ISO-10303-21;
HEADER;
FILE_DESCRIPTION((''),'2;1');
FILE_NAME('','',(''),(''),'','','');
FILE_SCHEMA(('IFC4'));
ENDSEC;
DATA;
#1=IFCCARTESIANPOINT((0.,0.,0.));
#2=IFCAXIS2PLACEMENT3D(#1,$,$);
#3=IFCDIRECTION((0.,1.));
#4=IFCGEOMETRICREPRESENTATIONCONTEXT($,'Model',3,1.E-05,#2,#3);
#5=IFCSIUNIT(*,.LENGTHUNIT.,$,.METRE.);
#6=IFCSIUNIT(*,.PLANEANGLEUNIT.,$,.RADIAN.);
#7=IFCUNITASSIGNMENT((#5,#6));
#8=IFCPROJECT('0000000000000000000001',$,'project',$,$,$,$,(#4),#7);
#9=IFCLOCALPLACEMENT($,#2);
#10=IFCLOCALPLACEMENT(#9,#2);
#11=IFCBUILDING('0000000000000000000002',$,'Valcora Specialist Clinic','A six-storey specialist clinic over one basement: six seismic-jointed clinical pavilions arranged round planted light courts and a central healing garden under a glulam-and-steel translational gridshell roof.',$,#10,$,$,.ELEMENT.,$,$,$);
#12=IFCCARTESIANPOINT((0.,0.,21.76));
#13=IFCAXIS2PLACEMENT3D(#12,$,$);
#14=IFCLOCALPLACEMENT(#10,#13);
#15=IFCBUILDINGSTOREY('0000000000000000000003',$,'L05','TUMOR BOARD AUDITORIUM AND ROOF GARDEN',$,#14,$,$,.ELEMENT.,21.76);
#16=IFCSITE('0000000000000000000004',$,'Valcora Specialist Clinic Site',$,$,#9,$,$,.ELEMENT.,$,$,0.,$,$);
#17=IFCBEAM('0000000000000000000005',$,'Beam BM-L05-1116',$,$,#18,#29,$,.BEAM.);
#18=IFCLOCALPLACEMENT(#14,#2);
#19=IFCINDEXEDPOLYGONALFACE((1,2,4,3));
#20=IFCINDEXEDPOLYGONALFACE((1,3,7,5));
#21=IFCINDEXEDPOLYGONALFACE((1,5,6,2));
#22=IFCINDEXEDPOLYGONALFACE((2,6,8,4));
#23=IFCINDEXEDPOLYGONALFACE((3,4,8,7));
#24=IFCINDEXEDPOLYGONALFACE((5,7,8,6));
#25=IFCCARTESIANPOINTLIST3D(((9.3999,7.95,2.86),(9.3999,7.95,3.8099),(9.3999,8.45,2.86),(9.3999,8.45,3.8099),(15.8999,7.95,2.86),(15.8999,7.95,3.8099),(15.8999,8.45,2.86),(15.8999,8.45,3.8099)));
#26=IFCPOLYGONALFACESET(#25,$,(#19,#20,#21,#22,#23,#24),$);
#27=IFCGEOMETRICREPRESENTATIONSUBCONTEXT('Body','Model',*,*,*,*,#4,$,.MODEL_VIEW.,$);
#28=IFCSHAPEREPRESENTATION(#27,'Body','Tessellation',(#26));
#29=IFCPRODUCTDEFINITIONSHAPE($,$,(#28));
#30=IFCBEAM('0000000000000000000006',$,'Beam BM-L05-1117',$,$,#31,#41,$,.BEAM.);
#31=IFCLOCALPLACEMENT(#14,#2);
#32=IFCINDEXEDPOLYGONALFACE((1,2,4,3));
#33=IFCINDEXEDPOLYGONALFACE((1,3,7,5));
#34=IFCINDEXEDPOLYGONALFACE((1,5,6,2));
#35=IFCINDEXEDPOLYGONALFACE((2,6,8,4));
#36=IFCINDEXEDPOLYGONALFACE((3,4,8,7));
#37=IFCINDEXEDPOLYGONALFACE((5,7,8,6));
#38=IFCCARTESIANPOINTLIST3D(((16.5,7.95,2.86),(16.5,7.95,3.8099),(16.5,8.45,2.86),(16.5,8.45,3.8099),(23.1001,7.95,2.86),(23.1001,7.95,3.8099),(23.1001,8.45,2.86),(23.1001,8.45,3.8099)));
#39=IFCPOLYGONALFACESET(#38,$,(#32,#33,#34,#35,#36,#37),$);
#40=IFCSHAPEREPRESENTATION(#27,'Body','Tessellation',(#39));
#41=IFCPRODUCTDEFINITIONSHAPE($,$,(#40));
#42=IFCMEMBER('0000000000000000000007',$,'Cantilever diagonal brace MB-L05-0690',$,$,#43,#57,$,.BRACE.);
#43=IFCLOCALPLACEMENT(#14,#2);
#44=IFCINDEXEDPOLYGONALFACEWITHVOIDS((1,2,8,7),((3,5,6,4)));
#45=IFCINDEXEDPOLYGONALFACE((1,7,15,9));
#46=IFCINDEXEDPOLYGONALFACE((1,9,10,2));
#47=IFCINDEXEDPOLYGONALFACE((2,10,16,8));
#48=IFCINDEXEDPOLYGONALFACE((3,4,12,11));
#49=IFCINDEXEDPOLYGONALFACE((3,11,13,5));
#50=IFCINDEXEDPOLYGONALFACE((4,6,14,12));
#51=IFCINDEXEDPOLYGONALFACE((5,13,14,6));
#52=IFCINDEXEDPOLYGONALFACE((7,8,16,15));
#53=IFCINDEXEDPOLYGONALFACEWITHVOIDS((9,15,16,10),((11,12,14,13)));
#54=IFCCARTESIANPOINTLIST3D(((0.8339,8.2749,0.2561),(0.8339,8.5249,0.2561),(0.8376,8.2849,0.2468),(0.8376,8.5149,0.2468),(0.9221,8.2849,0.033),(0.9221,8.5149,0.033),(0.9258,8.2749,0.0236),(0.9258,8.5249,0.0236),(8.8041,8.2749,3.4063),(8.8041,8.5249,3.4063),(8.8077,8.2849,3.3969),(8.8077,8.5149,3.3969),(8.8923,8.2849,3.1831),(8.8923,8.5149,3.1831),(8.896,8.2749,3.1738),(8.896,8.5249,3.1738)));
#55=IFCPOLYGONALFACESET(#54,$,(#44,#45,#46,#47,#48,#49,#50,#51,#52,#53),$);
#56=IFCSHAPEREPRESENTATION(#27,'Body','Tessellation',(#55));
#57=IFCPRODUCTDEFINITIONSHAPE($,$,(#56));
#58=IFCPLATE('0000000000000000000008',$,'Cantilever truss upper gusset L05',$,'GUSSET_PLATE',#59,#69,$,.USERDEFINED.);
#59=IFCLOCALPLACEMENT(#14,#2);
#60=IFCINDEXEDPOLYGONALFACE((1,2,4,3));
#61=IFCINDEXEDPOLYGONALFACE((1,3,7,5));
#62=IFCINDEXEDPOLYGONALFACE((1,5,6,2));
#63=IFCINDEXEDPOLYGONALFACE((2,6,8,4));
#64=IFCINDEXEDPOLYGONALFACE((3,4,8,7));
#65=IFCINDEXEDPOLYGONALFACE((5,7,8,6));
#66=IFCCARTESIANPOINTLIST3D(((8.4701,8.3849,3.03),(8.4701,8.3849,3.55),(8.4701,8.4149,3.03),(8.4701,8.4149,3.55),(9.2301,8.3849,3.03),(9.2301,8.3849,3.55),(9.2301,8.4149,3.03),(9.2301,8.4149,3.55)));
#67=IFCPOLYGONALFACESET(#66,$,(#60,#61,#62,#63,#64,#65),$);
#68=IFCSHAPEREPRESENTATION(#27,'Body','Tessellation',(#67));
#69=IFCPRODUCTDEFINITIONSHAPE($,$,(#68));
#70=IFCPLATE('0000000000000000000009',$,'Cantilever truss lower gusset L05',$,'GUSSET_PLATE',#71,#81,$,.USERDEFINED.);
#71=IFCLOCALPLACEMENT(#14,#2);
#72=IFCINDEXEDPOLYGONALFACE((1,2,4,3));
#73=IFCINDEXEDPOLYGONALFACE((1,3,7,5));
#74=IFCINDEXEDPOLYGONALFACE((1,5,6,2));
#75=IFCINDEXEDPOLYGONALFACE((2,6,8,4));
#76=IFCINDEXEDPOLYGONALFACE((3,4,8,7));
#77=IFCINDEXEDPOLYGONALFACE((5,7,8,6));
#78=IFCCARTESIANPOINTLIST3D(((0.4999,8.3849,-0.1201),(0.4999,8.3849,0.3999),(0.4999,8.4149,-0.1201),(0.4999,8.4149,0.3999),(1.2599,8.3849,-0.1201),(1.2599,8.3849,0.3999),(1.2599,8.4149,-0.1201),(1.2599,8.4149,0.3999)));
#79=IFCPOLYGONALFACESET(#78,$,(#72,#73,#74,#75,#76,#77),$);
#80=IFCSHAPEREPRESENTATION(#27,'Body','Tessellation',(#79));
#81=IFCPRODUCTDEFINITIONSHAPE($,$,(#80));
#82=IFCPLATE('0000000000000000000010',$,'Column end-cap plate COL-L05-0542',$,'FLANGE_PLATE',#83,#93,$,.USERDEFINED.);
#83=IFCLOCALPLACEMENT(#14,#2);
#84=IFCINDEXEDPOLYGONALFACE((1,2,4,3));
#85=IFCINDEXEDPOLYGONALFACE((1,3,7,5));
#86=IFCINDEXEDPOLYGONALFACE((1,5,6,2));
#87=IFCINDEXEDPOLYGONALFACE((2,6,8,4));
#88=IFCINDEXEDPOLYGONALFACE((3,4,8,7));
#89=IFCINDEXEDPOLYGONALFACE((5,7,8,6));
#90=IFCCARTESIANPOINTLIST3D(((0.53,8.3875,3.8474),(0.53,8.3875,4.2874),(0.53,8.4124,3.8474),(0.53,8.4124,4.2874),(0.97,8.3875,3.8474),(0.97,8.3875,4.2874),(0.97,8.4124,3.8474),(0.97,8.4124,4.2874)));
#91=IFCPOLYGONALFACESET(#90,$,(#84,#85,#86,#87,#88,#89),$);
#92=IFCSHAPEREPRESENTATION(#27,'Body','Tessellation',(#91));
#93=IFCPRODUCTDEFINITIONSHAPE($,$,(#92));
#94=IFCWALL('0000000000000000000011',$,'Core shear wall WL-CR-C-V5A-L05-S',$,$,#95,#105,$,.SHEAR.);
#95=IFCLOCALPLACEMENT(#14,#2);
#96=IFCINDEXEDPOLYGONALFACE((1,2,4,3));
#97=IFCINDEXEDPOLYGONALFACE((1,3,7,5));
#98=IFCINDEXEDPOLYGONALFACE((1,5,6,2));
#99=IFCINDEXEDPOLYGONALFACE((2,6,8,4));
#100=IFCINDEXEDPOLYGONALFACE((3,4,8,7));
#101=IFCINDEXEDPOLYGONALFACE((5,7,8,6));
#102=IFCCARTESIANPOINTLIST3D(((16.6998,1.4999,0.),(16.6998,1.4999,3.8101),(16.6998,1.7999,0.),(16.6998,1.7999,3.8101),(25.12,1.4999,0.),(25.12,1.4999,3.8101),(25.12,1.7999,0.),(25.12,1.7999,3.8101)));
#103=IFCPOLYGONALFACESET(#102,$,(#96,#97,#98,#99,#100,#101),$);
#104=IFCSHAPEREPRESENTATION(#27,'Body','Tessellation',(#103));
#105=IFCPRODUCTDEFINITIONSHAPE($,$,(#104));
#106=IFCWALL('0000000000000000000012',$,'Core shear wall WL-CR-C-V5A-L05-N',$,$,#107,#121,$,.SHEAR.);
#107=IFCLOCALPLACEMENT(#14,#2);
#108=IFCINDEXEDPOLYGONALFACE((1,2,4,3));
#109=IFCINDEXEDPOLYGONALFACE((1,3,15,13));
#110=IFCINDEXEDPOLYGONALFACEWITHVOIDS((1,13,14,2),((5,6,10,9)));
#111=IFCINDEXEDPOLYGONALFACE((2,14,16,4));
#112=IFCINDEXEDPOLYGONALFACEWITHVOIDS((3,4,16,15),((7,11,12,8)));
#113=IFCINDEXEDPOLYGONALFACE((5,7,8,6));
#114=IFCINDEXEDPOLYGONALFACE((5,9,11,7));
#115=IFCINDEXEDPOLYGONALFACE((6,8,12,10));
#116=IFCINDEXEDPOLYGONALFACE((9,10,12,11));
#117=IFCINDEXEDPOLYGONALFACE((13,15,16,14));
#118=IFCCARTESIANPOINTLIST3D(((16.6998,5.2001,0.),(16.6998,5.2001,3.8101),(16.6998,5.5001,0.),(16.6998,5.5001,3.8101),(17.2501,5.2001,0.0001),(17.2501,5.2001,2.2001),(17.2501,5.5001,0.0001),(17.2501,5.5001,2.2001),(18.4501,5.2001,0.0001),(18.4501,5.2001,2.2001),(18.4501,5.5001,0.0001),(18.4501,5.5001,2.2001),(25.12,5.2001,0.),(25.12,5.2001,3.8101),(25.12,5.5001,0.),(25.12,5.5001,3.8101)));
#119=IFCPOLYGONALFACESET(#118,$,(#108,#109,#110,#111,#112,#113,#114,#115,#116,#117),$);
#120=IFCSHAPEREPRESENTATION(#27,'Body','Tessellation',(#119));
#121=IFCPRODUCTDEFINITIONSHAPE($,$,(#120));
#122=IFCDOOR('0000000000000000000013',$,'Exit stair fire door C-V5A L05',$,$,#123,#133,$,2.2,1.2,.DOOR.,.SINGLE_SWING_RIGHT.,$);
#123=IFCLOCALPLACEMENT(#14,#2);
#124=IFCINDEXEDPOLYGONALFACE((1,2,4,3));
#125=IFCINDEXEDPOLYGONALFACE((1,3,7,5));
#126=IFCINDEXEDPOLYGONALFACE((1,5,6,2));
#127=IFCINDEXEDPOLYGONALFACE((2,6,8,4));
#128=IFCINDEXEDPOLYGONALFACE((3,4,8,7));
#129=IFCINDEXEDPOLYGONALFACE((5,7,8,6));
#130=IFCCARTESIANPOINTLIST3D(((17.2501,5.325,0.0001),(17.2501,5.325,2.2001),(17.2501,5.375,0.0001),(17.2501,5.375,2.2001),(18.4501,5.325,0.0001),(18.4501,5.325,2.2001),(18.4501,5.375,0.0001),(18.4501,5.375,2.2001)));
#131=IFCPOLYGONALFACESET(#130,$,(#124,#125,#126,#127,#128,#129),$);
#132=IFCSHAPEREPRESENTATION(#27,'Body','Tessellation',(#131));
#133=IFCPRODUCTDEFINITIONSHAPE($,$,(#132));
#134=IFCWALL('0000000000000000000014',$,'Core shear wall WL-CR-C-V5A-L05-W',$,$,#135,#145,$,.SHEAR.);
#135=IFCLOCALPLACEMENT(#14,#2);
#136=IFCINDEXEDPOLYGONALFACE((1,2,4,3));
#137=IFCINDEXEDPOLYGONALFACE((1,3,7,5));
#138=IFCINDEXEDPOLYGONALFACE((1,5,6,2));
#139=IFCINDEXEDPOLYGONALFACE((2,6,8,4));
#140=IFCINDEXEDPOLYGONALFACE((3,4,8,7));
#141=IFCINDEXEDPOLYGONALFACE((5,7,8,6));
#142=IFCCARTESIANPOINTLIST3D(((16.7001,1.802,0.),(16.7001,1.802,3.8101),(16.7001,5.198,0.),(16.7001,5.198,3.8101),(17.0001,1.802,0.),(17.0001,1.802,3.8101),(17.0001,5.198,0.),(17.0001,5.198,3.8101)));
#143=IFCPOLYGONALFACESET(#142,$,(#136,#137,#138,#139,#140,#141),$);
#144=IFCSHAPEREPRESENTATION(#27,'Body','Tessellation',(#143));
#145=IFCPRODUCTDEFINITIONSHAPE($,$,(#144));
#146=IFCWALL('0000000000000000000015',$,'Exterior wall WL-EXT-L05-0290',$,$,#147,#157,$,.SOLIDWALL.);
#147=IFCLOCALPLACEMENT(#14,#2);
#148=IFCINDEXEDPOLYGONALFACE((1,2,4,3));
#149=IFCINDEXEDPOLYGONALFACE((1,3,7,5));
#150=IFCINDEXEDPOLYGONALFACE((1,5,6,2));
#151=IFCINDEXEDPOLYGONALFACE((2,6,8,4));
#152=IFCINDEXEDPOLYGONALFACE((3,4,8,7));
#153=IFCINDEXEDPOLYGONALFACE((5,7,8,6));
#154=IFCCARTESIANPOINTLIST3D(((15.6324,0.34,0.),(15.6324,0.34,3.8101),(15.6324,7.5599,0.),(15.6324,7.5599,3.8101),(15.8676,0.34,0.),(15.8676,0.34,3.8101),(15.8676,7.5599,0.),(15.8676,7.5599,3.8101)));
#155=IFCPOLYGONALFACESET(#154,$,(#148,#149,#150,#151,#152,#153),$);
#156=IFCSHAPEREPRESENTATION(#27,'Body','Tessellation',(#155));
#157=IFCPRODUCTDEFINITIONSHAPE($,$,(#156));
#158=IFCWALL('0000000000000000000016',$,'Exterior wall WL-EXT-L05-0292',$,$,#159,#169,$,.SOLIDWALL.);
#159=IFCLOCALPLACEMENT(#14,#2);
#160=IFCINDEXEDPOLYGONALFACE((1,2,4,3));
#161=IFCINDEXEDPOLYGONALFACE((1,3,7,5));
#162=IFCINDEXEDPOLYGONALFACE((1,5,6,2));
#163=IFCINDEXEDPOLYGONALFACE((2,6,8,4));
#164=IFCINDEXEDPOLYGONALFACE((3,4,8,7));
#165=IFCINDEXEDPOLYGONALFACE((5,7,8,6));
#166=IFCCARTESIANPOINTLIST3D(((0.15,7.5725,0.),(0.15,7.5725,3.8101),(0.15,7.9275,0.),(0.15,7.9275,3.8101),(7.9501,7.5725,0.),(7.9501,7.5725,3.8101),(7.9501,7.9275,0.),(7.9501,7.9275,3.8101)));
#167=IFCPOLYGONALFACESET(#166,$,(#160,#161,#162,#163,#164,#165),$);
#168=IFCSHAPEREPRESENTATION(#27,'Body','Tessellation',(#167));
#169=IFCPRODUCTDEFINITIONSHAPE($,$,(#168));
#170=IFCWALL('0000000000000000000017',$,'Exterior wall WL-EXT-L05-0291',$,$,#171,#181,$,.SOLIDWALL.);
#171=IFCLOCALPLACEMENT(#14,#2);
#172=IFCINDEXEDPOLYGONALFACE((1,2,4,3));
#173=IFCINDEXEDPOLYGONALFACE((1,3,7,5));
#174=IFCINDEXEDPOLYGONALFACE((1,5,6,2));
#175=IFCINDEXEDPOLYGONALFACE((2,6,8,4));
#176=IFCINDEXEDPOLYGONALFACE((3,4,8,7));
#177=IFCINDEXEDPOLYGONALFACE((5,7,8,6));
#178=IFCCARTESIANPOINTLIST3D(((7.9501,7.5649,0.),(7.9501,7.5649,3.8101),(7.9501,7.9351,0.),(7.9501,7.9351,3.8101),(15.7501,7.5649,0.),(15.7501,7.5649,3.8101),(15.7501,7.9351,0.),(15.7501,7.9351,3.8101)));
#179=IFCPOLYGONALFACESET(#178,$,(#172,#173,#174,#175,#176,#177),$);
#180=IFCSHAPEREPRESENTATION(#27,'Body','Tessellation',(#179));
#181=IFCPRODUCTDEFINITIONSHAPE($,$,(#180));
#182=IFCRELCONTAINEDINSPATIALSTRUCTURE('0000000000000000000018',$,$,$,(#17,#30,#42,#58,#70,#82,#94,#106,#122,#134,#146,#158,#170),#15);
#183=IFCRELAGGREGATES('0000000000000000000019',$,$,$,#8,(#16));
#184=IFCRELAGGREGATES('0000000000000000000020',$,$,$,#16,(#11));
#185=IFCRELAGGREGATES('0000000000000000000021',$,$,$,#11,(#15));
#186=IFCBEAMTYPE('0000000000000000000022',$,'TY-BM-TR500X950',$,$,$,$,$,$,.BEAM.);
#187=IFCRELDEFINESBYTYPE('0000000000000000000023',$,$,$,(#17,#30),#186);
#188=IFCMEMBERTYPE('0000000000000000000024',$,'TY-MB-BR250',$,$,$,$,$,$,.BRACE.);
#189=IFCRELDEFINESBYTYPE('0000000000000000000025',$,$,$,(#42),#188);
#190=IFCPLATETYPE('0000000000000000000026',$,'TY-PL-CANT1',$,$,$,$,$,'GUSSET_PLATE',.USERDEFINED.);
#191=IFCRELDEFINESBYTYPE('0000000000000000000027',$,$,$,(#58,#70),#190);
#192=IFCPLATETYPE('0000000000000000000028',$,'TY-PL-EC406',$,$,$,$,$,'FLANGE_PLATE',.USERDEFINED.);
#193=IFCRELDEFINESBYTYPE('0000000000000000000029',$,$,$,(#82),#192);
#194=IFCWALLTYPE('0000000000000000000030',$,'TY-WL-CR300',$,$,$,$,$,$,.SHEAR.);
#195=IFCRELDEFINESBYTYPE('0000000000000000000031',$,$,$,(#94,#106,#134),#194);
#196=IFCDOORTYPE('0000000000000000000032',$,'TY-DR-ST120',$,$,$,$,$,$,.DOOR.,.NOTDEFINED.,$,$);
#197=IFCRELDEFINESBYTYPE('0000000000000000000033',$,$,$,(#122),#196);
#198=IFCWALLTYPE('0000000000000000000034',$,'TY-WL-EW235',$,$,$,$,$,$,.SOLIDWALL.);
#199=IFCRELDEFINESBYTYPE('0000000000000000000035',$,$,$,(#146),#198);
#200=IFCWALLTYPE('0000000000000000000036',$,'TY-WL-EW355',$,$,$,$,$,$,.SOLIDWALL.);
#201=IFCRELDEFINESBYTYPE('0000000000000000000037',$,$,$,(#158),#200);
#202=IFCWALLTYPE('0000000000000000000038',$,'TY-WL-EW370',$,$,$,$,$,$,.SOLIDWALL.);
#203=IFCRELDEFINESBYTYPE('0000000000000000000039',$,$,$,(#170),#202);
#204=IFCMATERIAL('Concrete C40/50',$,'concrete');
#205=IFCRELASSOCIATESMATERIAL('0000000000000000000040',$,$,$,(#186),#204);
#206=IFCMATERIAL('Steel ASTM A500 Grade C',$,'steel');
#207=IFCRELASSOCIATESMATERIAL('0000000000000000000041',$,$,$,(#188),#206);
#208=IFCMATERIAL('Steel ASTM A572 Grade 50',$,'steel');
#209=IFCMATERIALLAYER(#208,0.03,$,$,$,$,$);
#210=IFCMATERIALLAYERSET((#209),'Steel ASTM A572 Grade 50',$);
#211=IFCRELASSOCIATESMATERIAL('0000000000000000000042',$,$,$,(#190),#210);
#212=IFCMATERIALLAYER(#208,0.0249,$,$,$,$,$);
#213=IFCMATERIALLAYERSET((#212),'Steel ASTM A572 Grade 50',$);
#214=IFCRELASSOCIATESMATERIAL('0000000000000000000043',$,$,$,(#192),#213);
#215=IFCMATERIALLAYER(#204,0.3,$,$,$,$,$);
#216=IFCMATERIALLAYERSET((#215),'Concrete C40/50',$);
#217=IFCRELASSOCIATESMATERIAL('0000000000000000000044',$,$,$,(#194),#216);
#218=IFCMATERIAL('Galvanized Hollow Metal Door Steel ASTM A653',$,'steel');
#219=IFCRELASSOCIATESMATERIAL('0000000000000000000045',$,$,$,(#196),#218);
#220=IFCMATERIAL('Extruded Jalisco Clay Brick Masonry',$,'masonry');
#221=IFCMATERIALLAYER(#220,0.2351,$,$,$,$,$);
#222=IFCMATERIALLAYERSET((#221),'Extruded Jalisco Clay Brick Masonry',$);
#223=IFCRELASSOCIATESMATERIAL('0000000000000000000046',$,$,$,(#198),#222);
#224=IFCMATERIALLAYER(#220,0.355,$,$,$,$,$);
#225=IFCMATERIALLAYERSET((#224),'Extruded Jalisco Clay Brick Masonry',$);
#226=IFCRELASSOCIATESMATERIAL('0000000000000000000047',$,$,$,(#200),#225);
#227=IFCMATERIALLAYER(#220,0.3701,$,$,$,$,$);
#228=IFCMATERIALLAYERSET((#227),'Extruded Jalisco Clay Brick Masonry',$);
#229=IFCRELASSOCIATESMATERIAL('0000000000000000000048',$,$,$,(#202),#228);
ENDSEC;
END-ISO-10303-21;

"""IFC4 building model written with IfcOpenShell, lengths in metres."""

from ifc_helpers import new_model, si_unit, direction, frame, frame_2d, origin, origin_2d, place, context, subcontext, project, spatial, rectangle, hollow_rectangle, extrude, material, layer, layer_set, material_profile, profile_set, type_object, element, fill, save


model = new_model("IFC4")

# Units and contexts
model_context = context("Model", 3, precision=1e-05, world=origin(), true_north=direction((0.0, 1.0)))
body_context = subcontext(model_context, "Body", "Model", "MODEL_VIEW")
ifc_project = project(units=[si_unit("LENGTHUNIT", "METRE"), si_unit("PLANEANGLEUNIT", "RADIAN")], contexts=[model_context])

# Site, building, storey
site_placement = place(None, origin())
site = spatial("IfcSite", under=ifc_project, at=site_placement, Name="Valcora Specialist Clinic Site", CompositionType="ELEMENT", RefElevation=0.0)
building_placement = place(site_placement, origin())
building = spatial("IfcBuilding", under=site, at=building_placement, Name="Valcora Specialist Clinic", Description="A six-storey specialist clinic over one basement: six seismic-jointed clinical pavilions arranged round planted light courts and a central healing garden under a glulam-and-steel translational gridshell roof.", CompositionType="ELEMENT")
storey_placement = place(building_placement, frame((0.0, 0.0, 21.76)))
storey = spatial("IfcBuildingStorey", under=building, at=storey_placement, Name="L05", Description="TUMOR BOARD AUDITORIUM AND ROOF GARDEN", CompositionType="ELEMENT", Elevation=21.76)

# Shared definitions
ifc_material_1 = material(Name="Steel ASTM A500 Grade C", Category="steel")
ifc_material_2 = material(Name="Concrete C40/50", Category="concrete")

# Beams
ifc_material_profile_1 = material_profile(ifc_material_2, rectangle(XDim=0.5, YDim=0.95, at=origin_2d()), Name="RC-BM-500X950")
ifc_profile_set_1 = profile_set([ifc_material_profile_1], Name="Concrete C40/50")
beam_type_1 = type_object("IfcBeamType", Name="TY-BM-TR500X950", PredefinedType="BEAM", material=ifc_profile_set_1)
beam_1_placement = place(storey_placement, frame((9.3999, 8.2, 3.335), z_axis=(1.0, 0.0, 0.0), x_axis=(0.0, 1.0, 0.0)))
element("IfcBeam", 1, at=beam_1_placement, inside=storey, type_object=beam_type_1, Name="Beam BM-L05-1116", PredefinedType="BEAM", context=body_context, shape_type="SweptSolid", body=[
    extrude(rectangle(XDim=0.5, YDim=0.95, at=origin_2d()), origin(), (0.0, 0.0, 1.0), 6.5),
])
beam_2_placement = place(storey_placement, frame((16.5, 8.2, 3.335), z_axis=(1.0, 0.0, 0.0), x_axis=(0.0, 1.0, 0.0)))
element("IfcBeam", 2, at=beam_2_placement, inside=storey, type_object=beam_type_1, Name="Beam BM-L05-1117", PredefinedType="BEAM", context=body_context, shape_type="SweptSolid", body=[
    extrude(rectangle(XDim=0.5, YDim=0.95, at=origin_2d()), origin(), (0.0, 0.0, 1.0), 6.6001),
])

# Member
ifc_material_profile_2 = material_profile(ifc_material_1, hollow_rectangle(XDim=0.25, YDim=0.25, WallThickness=0.01, at=origin_2d()), Name="ST-RHS-250X250X10")
ifc_profile_set_2 = profile_set([ifc_material_profile_2], Name="Steel ASTM A500 Grade C")
member_type = type_object("IfcMemberType", Name="TY-MB-BR250", PredefinedType="BRACE", material=ifc_profile_set_2)
member_placement = place(storey_placement, frame((0.8799, 8.3999, 0.1399), z_axis=(0.929995, 0.0, 0.367571), x_axis=(0.0, 1.0, 0.0)))
element("IfcMember", 3, at=member_placement, inside=storey, type_object=member_type, Name="Cantilever diagonal brace MB-L05-0690", PredefinedType="BRACE", context=body_context, shape_type="SweptSolid", body=[
    extrude(hollow_rectangle(XDim=0.25, YDim=0.25, WallThickness=0.01, at=origin_2d()), origin(), (0.0, 0.0, 1.0), 8.5701),
])

# Plates
ifc_material_3 = material(Name="Steel ASTM A572 Grade 50", Category="steel")
ifc_layer_1 = layer(ifc_material_3, 0.03)
ifc_layer_set_1 = layer_set([ifc_layer_1], Name="Steel ASTM A572 Grade 50")
plate_type_1 = type_object("IfcPlateType", Name="TY-PL-CANT1", ElementType="GUSSET_PLATE", PredefinedType="USERDEFINED", material=ifc_layer_set_1)
for number, where, z_axis, x_axis, name in (
    (4, (8.8501, 8.3999, 3.03), (0.0, 0.0, 1.0), (1.0, 0.0, 0.0), "Cantilever truss upper gusset L05"),
    (5, (0.8799, 8.3999, -0.1201), (0.0, 0.0, 1.0), (1.0, 0.0, 0.0), "Cantilever truss lower gusset L05"),
):
    element("IfcPlate", number, at=place(storey_placement, frame(where, z_axis=z_axis, x_axis=x_axis)), inside=storey, type_object=plate_type_1, Name=name, ObjectType="GUSSET_PLATE", PredefinedType="USERDEFINED", context=body_context, shape_type="SweptSolid", body=[
        extrude(rectangle(XDim=0.76, YDim=0.03, at=origin_2d()), origin(), (0.0, 0.0, 1.0), 0.52),
    ])
ifc_layer_2 = layer(ifc_material_3, 0.0249)
ifc_layer_set_2 = layer_set([ifc_layer_2], Name="Steel ASTM A572 Grade 50")
plate_type_2 = type_object("IfcPlateType", Name="TY-PL-EC406", ElementType="FLANGE_PLATE", PredefinedType="USERDEFINED", material=ifc_layer_set_2)
plate_placement = place(storey_placement, frame((0.75, 8.3999, 3.8474), z_axis=(0.0, 0.0, 1.0), x_axis=(1.0, 0.0, 0.0)))
element("IfcPlate", 6, at=plate_placement, inside=storey, type_object=plate_type_2, Name="Column end-cap plate COL-L05-0542", ObjectType="FLANGE_PLATE", PredefinedType="USERDEFINED", context=body_context, shape_type="SweptSolid", body=[
    extrude(rectangle(XDim=0.4399, YDim=0.0249, at=origin_2d()), origin(), (0.0, 0.0, 1.0), 0.4399),
])

# Wall
ifc_layer_3 = layer(ifc_material_2, 0.3)
ifc_layer_set_3 = layer_set([ifc_layer_3], Name="Concrete C40/50")
wall_type_1 = type_object("IfcWallType", Name="TY-WL-CR300", PredefinedType="SHEAR", material=ifc_layer_set_3)
wall_1_placement = place(storey_placement, frame((16.7, 1.6499, 0.0), z_axis=(0.0, 0.0, 1.0), x_axis=(1.0, 0.0, 0.0)))
element("IfcWall", 7, at=wall_1_placement, inside=storey, type_object=wall_type_1, Name="Core shear wall WL-CR-C-V5A-L05-S", PredefinedType="SHEAR", context=body_context, shape_type="SweptSolid", body=[
    extrude(rectangle(XDim=8.4202, YDim=0.3, at=frame_2d((4.21, 0.0))), origin(), (0.0, 0.0, 1.0), 3.8101),
])

# Wall, opening, door
wall_2_placement = place(storey_placement, frame((16.7, 5.3501, 0.0), z_axis=(0.0, 0.0, 1.0), x_axis=(1.0, 0.0, 0.0)))
wall_2 = element("IfcWall", 8, at=wall_2_placement, inside=storey, type_object=wall_type_1, Name="Core shear wall WL-CR-C-V5A-L05-N", PredefinedType="SHEAR", context=body_context, shape_type="SweptSolid", body=[
    extrude(rectangle(XDim=8.4202, YDim=0.3, at=frame_2d((4.21, 0.0))), origin(), (0.0, 0.0, 1.0), 3.8101),
])
opening_1_placement = place(wall_2_placement, frame((0.55, 0.0, 0.0)))
opening_1 = element("IfcOpeningElement", 9, at=opening_1_placement, cuts=wall_2, PredefinedType="OPENING", context=body_context, shape_type="SweptSolid", body=[
    extrude(rectangle(XDim=1.2, YDim=2.2, at=frame_2d((0.6001, 1.1001))), frame((0.0, 0.1599, 0.0), z_axis=(0.0, -1.0, 0.0), x_axis=(1.0, 0.0, 0.0)), (0.0, 0.0, 1.0), 0.3201),
])
ifc_material_4 = material(Name="Galvanized Hollow Metal Door Steel ASTM A653", Category="steel")
door_type_1 = type_object("IfcDoorType", Name="TY-DR-ST120", OperationType="NOTDEFINED", PredefinedType="DOOR", material=ifc_material_4)
door_1_placement = place(opening_1_placement, origin())
door_1 = element("IfcDoor", 10, at=door_1_placement, inside=storey, type_object=door_type_1, Name="Exit stair fire door C-V5A L05", OperationType="SINGLE_SWING_RIGHT", OverallHeight=2.2, OverallWidth=1.2, PredefinedType="DOOR", context=body_context, shape_type="SweptSolid", body=[
    extrude(rectangle(XDim=1.2, YDim=2.2, at=frame_2d((0.6001, 1.1001))), frame((0.0, 0.0249, 0.0), z_axis=(0.0, -1.0, 0.0), x_axis=(1.0, 0.0, 0.0)), (0.0, 0.0, 1.0), 0.05),
])
fill(opening_1, door_1)

# Walls
wall_3_placement = place(storey_placement, frame((16.8501, 1.802, 0.0), z_axis=(0.0, 0.0, 1.0), x_axis=(0.0, 1.0, 0.0)))
element("IfcWall", 11, at=wall_3_placement, inside=storey, type_object=wall_type_1, Name="Core shear wall WL-CR-C-V5A-L05-W", PredefinedType="SHEAR", context=body_context, shape_type="SweptSolid", body=[
    extrude(rectangle(XDim=3.396, YDim=0.3, at=frame_2d((1.698, 0.0))), origin(), (0.0, 0.0, 1.0), 3.8101),
])
ifc_material_5 = material(Name="Extruded Jalisco Clay Brick Masonry", Category="masonry")
ifc_layer_4 = layer(ifc_material_5, 0.2351)
ifc_layer_set_4 = layer_set([ifc_layer_4], Name="Extruded Jalisco Clay Brick Masonry")
wall_type_2 = type_object("IfcWallType", Name="TY-WL-EW235", PredefinedType="SOLIDWALL", material=ifc_layer_set_4)
wall_4_placement = place(storey_placement, frame((15.75, 0.3401, 0.0), z_axis=(0.0, 0.0, 1.0), x_axis=(0.0, 1.0, 0.0)))
element("IfcWall", 12, at=wall_4_placement, inside=storey, type_object=wall_type_2, Name="Exterior wall WL-EXT-L05-0290", PredefinedType="SOLIDWALL", context=body_context, shape_type="SweptSolid", body=[
    extrude(rectangle(XDim=7.22, YDim=0.2351, at=frame_2d((3.6099, 0.0))), origin(), (0.0, 0.0, 1.0), 3.8101),
])
ifc_layer_5 = layer(ifc_material_5, 0.355)
ifc_layer_set_5 = layer_set([ifc_layer_5], Name="Extruded Jalisco Clay Brick Masonry")
wall_type_3 = type_object("IfcWallType", Name="TY-WL-EW355", PredefinedType="SOLIDWALL", material=ifc_layer_set_5)
wall_5_placement = place(storey_placement, frame((7.95, 7.75, 0.0), z_axis=(0.0, 0.0, 1.0), x_axis=(-1.0, 0.0, 0.0)))
element("IfcWall", 13, at=wall_5_placement, inside=storey, type_object=wall_type_3, Name="Exterior wall WL-EXT-L05-0292", PredefinedType="SOLIDWALL", context=body_context, shape_type="SweptSolid", body=[
    extrude(rectangle(XDim=7.8, YDim=0.355, at=frame_2d((3.8999, 0.0))), origin(), (0.0, 0.0, 1.0), 3.8101),
])
ifc_layer_6 = layer(ifc_material_5, 0.3701)
ifc_layer_set_6 = layer_set([ifc_layer_6], Name="Extruded Jalisco Clay Brick Masonry")
wall_type_4 = type_object("IfcWallType", Name="TY-WL-EW370", PredefinedType="SOLIDWALL", material=ifc_layer_set_6)
wall_6_placement = place(storey_placement, frame((15.75, 7.75, 0.0), z_axis=(0.0, 0.0, 1.0), x_axis=(-1.0, 0.0, 0.0)))
element("IfcWall", 14, at=wall_6_placement, inside=storey, type_object=wall_type_4, Name="Exterior wall WL-EXT-L05-0291", PredefinedType="SOLIDWALL", context=body_context, shape_type="SweptSolid", body=[
    extrude(rectangle(XDim=7.8, YDim=0.3701, at=frame_2d((3.8999, 0.0))), origin(), (0.0, 0.0, 1.0), 3.8101),
])

save(model, "model.ifc")
